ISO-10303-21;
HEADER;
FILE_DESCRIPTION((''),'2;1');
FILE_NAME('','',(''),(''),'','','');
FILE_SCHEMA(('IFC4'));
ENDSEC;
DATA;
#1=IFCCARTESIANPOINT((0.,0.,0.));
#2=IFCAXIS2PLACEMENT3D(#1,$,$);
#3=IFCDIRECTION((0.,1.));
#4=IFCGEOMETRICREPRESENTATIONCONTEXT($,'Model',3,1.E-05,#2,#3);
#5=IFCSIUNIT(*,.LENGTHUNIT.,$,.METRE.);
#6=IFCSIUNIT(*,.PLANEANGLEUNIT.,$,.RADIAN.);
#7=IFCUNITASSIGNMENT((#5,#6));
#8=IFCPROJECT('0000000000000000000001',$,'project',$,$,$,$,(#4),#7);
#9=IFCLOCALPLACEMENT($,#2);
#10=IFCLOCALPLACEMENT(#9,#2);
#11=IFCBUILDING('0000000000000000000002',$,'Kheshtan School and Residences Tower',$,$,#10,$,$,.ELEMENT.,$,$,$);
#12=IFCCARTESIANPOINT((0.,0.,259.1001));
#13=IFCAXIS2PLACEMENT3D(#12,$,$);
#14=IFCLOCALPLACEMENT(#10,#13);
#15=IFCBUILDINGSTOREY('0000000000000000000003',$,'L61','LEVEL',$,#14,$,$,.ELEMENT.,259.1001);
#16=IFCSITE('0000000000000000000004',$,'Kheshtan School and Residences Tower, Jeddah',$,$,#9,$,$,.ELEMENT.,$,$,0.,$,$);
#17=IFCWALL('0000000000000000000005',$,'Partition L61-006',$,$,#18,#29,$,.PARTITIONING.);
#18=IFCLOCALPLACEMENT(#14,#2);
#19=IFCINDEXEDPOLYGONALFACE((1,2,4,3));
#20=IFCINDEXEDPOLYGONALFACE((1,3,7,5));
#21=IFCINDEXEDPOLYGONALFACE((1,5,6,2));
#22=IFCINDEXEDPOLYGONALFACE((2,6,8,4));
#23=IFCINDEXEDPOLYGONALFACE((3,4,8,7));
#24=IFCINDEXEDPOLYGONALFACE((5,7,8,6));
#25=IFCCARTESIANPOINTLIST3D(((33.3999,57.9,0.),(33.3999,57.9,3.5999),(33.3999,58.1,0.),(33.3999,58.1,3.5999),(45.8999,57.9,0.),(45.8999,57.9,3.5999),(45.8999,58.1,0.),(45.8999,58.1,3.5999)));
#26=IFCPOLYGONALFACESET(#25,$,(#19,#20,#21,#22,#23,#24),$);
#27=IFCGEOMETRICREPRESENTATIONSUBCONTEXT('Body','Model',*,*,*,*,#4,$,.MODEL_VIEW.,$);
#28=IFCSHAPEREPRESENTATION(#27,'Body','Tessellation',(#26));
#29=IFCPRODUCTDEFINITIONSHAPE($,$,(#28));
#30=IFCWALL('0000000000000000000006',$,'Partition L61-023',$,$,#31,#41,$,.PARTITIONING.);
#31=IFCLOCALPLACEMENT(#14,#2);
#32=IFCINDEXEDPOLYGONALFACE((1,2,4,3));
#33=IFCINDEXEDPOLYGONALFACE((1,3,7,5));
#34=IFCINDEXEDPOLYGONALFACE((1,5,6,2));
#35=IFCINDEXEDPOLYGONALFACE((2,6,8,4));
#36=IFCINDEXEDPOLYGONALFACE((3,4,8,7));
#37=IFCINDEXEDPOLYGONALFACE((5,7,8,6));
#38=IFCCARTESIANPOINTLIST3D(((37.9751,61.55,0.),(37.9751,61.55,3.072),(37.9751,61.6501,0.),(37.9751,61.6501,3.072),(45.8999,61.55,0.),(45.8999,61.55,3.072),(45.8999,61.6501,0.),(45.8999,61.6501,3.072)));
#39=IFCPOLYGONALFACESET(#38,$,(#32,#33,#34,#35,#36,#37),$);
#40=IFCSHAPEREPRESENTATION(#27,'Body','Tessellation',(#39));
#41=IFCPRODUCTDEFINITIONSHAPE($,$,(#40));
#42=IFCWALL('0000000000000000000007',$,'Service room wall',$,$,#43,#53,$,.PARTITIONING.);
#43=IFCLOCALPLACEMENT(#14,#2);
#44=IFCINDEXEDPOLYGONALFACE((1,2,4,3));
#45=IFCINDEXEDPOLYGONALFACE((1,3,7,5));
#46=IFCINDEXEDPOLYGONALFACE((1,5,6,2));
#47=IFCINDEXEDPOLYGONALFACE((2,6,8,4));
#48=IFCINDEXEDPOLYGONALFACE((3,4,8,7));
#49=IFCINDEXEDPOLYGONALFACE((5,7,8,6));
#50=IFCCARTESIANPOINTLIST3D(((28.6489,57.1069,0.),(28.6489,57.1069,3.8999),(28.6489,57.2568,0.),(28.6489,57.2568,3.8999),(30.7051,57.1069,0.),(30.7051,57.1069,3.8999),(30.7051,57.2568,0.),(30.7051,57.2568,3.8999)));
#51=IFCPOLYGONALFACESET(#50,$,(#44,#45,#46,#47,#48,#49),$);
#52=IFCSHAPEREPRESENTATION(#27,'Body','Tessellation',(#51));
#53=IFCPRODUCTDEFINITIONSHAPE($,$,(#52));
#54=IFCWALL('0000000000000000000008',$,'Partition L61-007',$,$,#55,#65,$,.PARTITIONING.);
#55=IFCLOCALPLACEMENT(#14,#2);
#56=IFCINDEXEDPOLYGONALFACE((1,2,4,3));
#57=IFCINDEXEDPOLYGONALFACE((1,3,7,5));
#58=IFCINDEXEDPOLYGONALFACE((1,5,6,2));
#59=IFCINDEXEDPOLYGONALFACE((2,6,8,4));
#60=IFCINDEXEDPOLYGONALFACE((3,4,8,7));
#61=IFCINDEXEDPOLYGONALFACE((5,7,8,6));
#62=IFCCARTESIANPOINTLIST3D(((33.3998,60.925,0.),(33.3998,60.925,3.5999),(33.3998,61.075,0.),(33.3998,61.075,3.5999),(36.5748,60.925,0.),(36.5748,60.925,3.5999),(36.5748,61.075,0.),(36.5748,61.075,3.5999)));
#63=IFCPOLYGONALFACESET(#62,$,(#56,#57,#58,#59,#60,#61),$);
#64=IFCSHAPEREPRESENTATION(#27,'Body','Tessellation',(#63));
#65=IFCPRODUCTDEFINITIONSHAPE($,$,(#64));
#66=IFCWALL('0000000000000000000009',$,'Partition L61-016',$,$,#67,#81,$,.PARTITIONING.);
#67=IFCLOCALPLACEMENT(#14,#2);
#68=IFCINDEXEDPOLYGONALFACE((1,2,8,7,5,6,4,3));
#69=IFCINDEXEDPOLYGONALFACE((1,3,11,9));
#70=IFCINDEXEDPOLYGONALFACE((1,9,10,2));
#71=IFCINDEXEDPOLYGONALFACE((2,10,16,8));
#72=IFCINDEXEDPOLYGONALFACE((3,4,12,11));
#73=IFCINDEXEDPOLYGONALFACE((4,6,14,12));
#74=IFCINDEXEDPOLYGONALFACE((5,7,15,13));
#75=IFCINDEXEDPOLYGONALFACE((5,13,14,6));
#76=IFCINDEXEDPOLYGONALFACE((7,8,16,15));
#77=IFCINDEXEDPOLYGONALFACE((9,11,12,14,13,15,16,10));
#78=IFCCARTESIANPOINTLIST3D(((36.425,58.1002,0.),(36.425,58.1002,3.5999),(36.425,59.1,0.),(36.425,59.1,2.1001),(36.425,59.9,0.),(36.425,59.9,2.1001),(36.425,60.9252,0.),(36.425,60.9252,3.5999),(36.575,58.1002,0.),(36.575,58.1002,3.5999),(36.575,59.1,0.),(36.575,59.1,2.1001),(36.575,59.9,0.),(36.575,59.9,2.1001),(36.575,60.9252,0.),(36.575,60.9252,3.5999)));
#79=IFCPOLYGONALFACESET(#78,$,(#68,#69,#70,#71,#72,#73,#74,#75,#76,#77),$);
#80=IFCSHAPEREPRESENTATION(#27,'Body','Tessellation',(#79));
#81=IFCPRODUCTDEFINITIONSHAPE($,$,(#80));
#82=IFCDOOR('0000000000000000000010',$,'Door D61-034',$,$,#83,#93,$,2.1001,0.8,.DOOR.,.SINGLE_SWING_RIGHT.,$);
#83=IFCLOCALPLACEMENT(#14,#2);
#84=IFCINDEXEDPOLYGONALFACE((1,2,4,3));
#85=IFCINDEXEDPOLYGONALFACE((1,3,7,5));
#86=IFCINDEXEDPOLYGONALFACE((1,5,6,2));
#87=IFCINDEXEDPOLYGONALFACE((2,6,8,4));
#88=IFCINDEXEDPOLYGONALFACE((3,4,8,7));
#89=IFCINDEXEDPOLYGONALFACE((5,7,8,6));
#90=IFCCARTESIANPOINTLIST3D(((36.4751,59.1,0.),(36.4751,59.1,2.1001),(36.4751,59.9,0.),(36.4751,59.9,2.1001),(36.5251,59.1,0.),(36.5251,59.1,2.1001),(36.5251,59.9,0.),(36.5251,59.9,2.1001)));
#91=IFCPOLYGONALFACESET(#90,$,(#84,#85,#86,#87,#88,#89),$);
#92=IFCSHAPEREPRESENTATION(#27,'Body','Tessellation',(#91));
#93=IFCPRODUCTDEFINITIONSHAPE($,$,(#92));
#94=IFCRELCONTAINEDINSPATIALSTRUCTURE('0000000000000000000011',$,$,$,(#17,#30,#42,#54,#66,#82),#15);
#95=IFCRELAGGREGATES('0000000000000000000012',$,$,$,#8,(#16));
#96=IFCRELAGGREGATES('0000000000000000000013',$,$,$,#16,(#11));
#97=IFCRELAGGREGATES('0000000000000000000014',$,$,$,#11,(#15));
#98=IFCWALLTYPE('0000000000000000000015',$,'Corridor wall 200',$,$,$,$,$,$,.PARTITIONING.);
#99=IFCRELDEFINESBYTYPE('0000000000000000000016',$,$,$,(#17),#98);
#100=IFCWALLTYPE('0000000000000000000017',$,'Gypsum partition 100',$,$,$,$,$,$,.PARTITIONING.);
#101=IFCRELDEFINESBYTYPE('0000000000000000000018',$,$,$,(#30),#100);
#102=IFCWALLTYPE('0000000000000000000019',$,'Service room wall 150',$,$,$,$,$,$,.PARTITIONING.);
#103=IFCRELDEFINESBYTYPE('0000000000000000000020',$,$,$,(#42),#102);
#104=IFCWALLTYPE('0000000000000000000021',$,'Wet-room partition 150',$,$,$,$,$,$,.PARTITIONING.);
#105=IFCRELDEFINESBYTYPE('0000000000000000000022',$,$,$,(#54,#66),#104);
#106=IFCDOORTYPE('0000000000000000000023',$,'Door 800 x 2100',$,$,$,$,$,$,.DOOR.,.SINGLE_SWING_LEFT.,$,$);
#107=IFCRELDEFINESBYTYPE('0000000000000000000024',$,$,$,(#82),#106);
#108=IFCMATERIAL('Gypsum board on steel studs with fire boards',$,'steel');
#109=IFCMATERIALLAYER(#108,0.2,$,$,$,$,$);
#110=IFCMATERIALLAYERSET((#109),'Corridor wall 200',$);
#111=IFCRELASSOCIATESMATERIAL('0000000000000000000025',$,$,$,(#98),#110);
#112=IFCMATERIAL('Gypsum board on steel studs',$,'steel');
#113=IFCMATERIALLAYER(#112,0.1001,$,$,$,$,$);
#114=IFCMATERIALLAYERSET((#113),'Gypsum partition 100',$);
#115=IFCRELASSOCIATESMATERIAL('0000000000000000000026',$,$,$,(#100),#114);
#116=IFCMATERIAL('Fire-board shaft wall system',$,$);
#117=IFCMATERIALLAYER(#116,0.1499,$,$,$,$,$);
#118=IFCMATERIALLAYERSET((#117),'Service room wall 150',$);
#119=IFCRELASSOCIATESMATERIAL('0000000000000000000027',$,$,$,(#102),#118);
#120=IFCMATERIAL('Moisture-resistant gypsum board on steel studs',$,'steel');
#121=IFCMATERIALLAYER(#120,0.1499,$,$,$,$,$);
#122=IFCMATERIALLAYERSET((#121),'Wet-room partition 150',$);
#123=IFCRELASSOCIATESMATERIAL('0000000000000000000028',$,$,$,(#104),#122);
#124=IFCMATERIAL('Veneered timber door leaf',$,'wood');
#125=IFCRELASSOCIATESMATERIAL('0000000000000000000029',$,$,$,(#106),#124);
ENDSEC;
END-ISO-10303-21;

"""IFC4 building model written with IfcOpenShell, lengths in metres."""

from ifc_helpers import new_model, si_unit, direction, frame, frame_2d, origin, place, context, subcontext, project, spatial, rectangle, extrude, source, transform, mapped, material, layer, layer_set, type_object, element, fill, save


model = new_model("IFC4")

# Units and contexts
model_context = context("Model", 3, precision=1e-05, world=origin(), true_north=direction((0.0, 1.0)))
body_context = subcontext(model_context, "Body", "Model", "MODEL_VIEW")
ifc_project = project(units=[si_unit("LENGTHUNIT", "METRE"), si_unit("PLANEANGLEUNIT", "RADIAN")], contexts=[model_context])

# Site, building, storey
site_placement = place(None, origin())
site = spatial("IfcSite", under=ifc_project, at=site_placement, Name="Kheshtan School and Residences Tower, Jeddah", CompositionType="ELEMENT", RefElevation=0.0)
building_placement = place(site_placement, origin())
building = spatial("IfcBuilding", under=site, at=building_placement, Name="Kheshtan School and Residences Tower", CompositionType="ELEMENT")
storey_placement = place(building_placement, frame((0.0, 0.0, 259.1001)))
storey = spatial("IfcBuildingStorey", under=building, at=storey_placement, Name="L61", Description="LEVEL", CompositionType="ELEMENT", Elevation=259.1001)

# Shared definitions
ifc_material_1 = material(Name="Gypsum board on steel studs with fire boards", Category="steel")
ifc_layer_1 = layer(ifc_material_1, 0.2)
ifc_layer_set_1 = layer_set([ifc_layer_1], Name="Corridor wall 200")
wall_type_1 = type_object("IfcWallType", Name="Corridor wall 200", PredefinedType="PARTITIONING", material=ifc_layer_set_1)

# Walls
wall_1_placement = place(storey_placement, frame((33.3999, 58.0, 0.0), z_axis=(0.0, 0.0, 1.0), x_axis=(1.0, 0.0, 0.0)))
element("IfcWall", 1, at=wall_1_placement, inside=storey, type_object=wall_type_1, Name="Partition L61-006", PredefinedType="PARTITIONING", context=body_context, shape_type="SweptSolid", body=[
    extrude(rectangle(XDim=12.5, YDim=0.2, at=frame_2d((6.25, 0.0))), origin(), (0.0, 0.0, 1.0), 3.5999),
])
ifc_material_2 = material(Name="Gypsum board on steel studs", Category="steel")
ifc_layer_2 = layer(ifc_material_2, 0.1001)
ifc_layer_set_2 = layer_set([ifc_layer_2], Name="Gypsum partition 100")
wall_type_2 = type_object("IfcWallType", Name="Gypsum partition 100", PredefinedType="PARTITIONING", material=ifc_layer_set_2)
wall_2_placement = place(storey_placement, frame((37.9751, 61.6001, 0.0), z_axis=(0.0, 0.0, 1.0), x_axis=(1.0, 0.0, 0.0)))
element("IfcWall", 2, at=wall_2_placement, inside=storey, type_object=wall_type_2, Name="Partition L61-023", PredefinedType="PARTITIONING", context=body_context, shape_type="SweptSolid", body=[
    extrude(rectangle(XDim=7.9248, YDim=0.1001, at=frame_2d((3.9624, 0.0))), origin(), (0.0, 0.0, 1.0), 3.072),
])
ifc_material_3 = material(Name="Fire-board shaft wall system")
ifc_layer_3 = layer(ifc_material_3, 0.1499)
ifc_layer_set_3 = layer_set([ifc_layer_3], Name="Service room wall 150")
wall_type_3 = type_object("IfcWallType", Name="Service room wall 150", PredefinedType="PARTITIONING", material=ifc_layer_set_3)
wall_3_placement = place(storey_placement, frame((28.6489, 57.1819, 0.0), z_axis=(0.0, 0.0, 1.0), x_axis=(1.0, 0.0, 0.0)))
element("IfcWall", 3, at=wall_3_placement, inside=storey, type_object=wall_type_3, Name="Service room wall", PredefinedType="PARTITIONING", context=body_context, shape_type="SweptSolid", body=[
    extrude(rectangle(XDim=2.0562, YDim=0.1499, at=frame_2d((1.0281, 0.0))), origin(), (0.0, 0.0, 1.0), 3.8999),
])
ifc_material_4 = material(Name="Moisture-resistant gypsum board on steel studs", Category="steel")
ifc_layer_4 = layer(ifc_material_4, 0.1499)
ifc_layer_set_4 = layer_set([ifc_layer_4], Name="Wet-room partition 150")
wall_type_4 = type_object("IfcWallType", Name="Wet-room partition 150", PredefinedType="PARTITIONING", material=ifc_layer_set_4)
wall_4_placement = place(storey_placement, frame((33.3999, 61.0, 0.0), z_axis=(0.0, 0.0, 1.0), x_axis=(1.0, 0.0, 0.0)))
element("IfcWall", 4, at=wall_4_placement, inside=storey, type_object=wall_type_4, Name="Partition L61-007", PredefinedType="PARTITIONING", context=body_context, shape_type="SweptSolid", body=[
    extrude(rectangle(XDim=3.175, YDim=0.1499, at=frame_2d((1.5874, 0.0))), origin(), (0.0, 0.0, 1.0), 3.5999),
])

# Wall, opening, door
wall_5_placement = place(storey_placement, frame((36.5, 58.1001, 0.0), z_axis=(0.0, 0.0, 1.0), x_axis=(0.0, 1.0, 0.0)))
wall_5 = element("IfcWall", 5, at=wall_5_placement, inside=storey, type_object=wall_type_4, Name="Partition L61-016", PredefinedType="PARTITIONING", context=body_context, shape_type="SweptSolid", body=[
    extrude(rectangle(XDim=2.825, YDim=0.1499, at=frame_2d((1.4126, 0.0))), origin(), (0.0, 0.0, 1.0), 3.5999),
])
opening_1_placement = place(wall_5_placement, frame((1.0, 0.0, 0.0)))
opening_1 = element("IfcOpeningElement", 6, at=opening_1_placement, cuts=wall_5, PredefinedType="OPENING", context=body_context, shape_type="SweptSolid", body=[
    extrude(rectangle(XDim=0.8, YDim=2.1001, at=frame_2d((0.3999, 1.05))), frame((0.0, 0.085, 0.0), z_axis=(0.0, -1.0, 0.0), x_axis=(1.0, 0.0, 0.0)), (0.0, 0.0, 1.0), 0.1699),
])
ifc_material_5 = material(Name="Veneered timber door leaf", Category="wood")
door_type_1 = type_object("IfcDoorType", Name="Door 800 x 2100", OperationType="SINGLE_SWING_LEFT", PredefinedType="DOOR", material=ifc_material_5)
shared_shape_1 = source(origin(), body_context, "Body", "SweptSolid", [
    extrude(rectangle(XDim=0.8, YDim=2.1001, at=frame_2d((0.3999, 1.05))), frame((0.0, 0.0249, 0.0), z_axis=(0.0, -1.0, 0.0), x_axis=(1.0, 0.0, 0.0)), (0.0, 0.0, 1.0), 0.05),
])
door_1_placement = place(opening_1_placement, origin())
door_1 = element("IfcDoor", 7, at=door_1_placement, inside=storey, type_object=door_type_1, Name="Door D61-034", OperationType="SINGLE_SWING_RIGHT", OverallHeight=2.1001, OverallWidth=0.8, PredefinedType="DOOR", context=body_context, shape_type="MappedRepresentation", body=[
    mapped(shared_shape_1, transform((0.0, 0.0, 0.0), x_axis=(1.0, 0.0, 0.0), y_axis=(0.0, 1.0, 0.0), z_axis=(0.0, 0.0, 1.0), scale=1.0)),
])
fill(opening_1, door_1)

save(model, "model.ifc")
